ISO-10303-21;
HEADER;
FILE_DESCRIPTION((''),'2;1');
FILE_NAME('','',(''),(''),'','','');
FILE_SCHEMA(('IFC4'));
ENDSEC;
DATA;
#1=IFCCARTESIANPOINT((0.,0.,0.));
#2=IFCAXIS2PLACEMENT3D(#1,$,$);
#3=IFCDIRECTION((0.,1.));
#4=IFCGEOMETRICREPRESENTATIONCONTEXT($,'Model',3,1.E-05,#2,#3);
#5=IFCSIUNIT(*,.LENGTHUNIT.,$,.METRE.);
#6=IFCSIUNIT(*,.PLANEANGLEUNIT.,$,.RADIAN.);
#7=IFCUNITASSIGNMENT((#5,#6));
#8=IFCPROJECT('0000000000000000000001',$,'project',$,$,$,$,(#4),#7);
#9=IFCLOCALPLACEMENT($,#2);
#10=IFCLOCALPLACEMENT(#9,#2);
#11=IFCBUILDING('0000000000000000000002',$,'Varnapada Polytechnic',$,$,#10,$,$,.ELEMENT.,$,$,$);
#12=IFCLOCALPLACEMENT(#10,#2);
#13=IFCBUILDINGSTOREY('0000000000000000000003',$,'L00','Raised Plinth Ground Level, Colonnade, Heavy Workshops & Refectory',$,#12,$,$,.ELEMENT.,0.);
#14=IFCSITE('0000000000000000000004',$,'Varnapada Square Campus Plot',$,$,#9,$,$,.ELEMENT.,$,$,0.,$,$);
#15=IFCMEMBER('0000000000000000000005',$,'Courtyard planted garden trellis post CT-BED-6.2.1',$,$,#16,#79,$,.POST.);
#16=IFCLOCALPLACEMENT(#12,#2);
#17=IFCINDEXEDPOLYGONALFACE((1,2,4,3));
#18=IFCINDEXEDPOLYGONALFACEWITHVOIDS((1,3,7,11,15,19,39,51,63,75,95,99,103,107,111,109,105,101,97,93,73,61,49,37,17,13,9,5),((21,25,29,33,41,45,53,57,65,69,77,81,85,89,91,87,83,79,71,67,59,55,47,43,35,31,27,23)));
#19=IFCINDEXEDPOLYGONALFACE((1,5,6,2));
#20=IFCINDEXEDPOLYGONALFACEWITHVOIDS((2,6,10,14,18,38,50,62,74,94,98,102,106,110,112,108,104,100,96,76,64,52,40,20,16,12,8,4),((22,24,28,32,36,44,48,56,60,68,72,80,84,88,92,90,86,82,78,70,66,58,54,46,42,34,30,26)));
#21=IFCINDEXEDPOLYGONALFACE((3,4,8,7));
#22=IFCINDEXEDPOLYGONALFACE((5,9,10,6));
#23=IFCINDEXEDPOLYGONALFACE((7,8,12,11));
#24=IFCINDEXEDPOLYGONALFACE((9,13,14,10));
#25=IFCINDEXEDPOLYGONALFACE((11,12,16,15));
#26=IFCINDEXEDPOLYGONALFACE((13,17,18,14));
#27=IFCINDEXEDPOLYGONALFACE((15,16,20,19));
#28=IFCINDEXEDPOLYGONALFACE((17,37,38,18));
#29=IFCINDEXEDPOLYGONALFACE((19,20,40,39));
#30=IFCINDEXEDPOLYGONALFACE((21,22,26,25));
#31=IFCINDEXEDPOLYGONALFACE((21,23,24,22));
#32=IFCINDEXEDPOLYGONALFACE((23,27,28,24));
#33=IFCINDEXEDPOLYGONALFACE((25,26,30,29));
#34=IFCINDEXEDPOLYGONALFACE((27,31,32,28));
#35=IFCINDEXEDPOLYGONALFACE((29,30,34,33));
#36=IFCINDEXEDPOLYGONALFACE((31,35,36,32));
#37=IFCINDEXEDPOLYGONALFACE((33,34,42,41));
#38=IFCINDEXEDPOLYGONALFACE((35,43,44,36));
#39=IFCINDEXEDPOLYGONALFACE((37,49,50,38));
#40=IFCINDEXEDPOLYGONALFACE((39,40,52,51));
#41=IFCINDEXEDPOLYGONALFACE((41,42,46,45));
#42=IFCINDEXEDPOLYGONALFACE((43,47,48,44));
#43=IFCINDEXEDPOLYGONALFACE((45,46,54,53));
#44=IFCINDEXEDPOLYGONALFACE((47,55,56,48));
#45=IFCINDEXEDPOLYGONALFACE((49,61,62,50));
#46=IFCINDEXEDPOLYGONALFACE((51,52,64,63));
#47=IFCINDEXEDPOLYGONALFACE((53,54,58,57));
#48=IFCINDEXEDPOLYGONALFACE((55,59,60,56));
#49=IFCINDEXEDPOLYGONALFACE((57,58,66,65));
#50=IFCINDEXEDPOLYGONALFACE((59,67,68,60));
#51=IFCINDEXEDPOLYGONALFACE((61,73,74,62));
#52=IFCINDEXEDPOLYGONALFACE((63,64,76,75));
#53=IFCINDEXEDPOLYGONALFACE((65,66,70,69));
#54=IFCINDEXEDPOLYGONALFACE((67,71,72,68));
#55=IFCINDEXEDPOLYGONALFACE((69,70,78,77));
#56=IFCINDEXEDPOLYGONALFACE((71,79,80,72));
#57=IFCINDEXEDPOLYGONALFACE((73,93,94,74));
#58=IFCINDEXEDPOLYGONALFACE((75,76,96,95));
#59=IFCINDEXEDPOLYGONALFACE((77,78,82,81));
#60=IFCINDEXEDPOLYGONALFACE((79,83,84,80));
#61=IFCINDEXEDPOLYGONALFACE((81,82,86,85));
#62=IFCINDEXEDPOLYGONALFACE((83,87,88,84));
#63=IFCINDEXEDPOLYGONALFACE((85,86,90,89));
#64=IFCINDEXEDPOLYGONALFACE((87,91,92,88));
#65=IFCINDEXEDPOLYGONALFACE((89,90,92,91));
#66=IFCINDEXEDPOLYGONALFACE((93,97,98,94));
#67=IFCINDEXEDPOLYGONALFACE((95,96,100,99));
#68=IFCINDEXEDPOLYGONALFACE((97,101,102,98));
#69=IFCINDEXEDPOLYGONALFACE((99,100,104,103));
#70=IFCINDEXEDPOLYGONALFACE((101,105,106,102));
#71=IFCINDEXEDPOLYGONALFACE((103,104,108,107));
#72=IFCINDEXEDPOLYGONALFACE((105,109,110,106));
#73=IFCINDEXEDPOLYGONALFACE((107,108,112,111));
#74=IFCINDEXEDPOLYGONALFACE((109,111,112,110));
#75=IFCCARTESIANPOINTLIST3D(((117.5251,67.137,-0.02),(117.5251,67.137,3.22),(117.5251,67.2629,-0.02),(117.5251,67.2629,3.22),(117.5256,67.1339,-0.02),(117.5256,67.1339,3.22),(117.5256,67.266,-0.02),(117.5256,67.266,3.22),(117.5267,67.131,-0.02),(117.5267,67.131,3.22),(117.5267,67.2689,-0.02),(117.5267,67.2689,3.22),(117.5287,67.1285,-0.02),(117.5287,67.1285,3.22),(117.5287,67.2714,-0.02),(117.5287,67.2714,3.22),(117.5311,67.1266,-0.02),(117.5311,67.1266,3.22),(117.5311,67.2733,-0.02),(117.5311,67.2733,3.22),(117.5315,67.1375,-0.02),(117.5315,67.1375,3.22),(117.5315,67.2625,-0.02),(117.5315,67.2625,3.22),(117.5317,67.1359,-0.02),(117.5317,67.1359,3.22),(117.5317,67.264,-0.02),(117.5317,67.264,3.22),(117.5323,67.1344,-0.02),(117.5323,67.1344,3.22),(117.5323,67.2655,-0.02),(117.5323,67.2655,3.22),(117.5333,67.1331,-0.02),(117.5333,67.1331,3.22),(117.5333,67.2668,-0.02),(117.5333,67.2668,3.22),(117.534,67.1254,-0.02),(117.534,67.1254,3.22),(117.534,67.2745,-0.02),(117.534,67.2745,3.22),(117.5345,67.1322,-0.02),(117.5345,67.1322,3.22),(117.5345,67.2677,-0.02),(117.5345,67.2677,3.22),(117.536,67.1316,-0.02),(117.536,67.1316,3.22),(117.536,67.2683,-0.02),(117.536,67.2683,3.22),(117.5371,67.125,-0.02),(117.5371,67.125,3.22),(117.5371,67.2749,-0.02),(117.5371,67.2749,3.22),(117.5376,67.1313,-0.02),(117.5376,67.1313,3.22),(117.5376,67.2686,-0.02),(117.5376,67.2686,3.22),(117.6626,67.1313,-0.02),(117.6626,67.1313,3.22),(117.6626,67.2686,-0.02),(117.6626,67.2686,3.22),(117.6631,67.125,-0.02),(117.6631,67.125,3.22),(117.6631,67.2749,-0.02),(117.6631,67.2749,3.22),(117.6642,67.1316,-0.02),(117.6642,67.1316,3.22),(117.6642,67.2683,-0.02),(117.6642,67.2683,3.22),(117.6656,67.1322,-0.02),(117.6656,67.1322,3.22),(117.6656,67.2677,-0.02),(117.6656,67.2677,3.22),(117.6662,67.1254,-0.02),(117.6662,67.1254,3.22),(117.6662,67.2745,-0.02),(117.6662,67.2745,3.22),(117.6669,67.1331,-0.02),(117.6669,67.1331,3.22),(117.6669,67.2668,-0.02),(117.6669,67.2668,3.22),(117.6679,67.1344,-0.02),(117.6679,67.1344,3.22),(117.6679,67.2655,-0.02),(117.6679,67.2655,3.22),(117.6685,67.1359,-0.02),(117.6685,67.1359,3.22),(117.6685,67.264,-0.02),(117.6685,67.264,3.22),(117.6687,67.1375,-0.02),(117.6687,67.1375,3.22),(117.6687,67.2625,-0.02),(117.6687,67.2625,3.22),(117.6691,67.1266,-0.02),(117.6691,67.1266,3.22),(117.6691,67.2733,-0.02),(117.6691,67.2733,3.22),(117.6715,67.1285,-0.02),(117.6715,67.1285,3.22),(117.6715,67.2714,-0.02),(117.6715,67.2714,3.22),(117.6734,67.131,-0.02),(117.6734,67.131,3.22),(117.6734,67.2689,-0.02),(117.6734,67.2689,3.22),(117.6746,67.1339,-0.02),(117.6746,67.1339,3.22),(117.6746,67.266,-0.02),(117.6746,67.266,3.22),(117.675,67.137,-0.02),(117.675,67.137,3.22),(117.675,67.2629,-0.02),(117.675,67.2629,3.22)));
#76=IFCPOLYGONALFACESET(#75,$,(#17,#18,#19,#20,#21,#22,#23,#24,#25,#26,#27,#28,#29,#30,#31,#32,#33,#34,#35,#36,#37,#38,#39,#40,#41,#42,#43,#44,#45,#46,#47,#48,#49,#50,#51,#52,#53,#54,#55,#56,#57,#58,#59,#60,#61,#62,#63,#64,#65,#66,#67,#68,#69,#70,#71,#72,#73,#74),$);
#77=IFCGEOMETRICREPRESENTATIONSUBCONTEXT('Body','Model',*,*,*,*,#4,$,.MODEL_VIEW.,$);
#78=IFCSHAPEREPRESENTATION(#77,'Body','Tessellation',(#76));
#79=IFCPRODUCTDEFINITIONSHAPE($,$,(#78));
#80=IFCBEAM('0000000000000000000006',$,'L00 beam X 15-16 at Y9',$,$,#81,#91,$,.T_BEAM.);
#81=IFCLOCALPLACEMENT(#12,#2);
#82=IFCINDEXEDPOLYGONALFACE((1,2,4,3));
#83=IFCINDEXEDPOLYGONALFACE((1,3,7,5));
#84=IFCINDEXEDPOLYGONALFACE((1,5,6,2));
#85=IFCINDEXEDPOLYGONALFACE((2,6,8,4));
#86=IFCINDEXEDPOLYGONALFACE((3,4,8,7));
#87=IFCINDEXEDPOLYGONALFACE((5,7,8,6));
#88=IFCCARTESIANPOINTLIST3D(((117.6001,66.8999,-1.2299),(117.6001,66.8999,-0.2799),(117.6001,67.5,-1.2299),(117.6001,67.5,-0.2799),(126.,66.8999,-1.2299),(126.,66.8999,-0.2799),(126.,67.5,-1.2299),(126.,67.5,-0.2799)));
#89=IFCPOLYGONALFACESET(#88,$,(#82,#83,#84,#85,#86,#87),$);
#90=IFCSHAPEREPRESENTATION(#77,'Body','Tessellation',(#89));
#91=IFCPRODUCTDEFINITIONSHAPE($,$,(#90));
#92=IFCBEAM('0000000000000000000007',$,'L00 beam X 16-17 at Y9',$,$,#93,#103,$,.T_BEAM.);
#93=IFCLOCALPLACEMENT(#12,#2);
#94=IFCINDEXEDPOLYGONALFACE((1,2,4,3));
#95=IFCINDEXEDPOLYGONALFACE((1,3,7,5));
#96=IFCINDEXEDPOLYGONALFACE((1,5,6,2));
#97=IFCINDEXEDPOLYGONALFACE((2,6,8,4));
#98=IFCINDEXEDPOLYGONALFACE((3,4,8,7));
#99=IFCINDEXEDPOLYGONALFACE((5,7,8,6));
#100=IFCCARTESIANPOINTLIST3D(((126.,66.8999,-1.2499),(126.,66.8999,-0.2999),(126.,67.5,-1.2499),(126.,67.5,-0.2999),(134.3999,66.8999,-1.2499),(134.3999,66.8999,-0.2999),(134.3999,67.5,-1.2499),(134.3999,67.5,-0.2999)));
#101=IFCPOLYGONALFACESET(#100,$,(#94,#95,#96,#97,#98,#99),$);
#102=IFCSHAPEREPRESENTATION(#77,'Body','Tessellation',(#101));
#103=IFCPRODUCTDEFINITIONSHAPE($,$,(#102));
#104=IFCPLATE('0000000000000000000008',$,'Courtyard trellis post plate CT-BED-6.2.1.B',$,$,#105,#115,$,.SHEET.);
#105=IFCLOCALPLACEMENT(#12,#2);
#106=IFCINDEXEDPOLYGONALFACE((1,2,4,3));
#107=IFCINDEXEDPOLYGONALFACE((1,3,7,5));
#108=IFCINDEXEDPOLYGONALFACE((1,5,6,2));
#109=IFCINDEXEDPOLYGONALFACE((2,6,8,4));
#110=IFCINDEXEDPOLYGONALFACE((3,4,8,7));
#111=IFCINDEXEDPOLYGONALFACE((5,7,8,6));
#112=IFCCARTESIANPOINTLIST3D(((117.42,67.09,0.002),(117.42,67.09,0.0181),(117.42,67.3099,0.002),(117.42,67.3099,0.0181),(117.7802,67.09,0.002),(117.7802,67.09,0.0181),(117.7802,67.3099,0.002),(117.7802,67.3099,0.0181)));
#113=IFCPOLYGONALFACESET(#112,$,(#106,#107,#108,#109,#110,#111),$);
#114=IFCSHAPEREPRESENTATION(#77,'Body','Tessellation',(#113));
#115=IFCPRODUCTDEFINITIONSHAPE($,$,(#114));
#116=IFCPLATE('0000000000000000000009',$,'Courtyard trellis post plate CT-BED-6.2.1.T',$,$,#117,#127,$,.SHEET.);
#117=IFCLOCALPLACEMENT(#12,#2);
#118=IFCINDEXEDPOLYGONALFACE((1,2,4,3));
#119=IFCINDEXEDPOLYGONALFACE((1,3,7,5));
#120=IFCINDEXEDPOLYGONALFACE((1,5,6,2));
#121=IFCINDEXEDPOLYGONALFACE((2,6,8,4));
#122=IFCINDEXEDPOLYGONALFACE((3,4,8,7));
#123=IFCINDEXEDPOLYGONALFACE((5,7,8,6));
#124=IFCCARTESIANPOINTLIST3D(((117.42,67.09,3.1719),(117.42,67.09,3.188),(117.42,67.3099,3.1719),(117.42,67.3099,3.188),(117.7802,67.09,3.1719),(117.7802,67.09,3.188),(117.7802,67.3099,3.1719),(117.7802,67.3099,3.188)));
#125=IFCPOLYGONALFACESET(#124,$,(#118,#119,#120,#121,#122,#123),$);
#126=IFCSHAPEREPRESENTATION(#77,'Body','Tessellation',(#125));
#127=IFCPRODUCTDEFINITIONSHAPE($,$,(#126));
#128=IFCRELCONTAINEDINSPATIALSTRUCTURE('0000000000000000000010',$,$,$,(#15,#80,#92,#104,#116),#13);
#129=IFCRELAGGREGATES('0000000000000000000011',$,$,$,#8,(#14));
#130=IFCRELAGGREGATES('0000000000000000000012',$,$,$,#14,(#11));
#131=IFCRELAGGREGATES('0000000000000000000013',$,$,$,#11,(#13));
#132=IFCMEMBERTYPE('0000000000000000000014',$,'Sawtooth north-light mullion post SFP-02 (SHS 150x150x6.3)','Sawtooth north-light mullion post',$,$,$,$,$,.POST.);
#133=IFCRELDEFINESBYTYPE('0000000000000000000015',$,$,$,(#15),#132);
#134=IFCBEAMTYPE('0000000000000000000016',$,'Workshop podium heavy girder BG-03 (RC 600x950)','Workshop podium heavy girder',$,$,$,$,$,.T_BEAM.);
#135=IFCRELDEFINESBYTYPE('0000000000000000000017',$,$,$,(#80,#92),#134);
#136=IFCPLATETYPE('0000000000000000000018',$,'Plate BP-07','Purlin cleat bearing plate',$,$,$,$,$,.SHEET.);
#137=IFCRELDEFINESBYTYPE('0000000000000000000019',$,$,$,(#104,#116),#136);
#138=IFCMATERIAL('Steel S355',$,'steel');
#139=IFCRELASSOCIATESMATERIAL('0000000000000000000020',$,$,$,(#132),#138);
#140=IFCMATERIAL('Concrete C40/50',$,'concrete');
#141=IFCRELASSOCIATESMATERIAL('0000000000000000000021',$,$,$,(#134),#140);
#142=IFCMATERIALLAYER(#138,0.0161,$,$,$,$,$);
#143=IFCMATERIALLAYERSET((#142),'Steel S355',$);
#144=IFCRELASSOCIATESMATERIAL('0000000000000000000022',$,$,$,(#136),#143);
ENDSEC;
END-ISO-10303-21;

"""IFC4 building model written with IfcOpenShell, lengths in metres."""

from ifc_helpers import new_model, si_unit, direction, frame, origin, origin_2d, place, context, subcontext, project, spatial, rectangle, hollow_rectangle, extrude, material, layer, layer_set, material_profile, profile_set, type_object, element, save


model = new_model("IFC4")

# Units and contexts
model_context = context("Model", 3, precision=1e-05, world=origin(), true_north=direction((0.0, 1.0)))
body_context = subcontext(model_context, "Body", "Model", "MODEL_VIEW")
ifc_project = project(units=[si_unit("LENGTHUNIT", "METRE"), si_unit("PLANEANGLEUNIT", "RADIAN")], contexts=[model_context])

# Site, building, storey
site_placement = place(None, origin())
site = spatial("IfcSite", under=ifc_project, at=site_placement, Name="Varnapada Square Campus Plot", CompositionType="ELEMENT", RefElevation=0.0)
building_placement = place(site_placement, origin())
building = spatial("IfcBuilding", under=site, at=building_placement, Name="Varnapada Polytechnic", CompositionType="ELEMENT")
storey_placement = place(building_placement, origin())
storey = spatial("IfcBuildingStorey", under=building, at=storey_placement, Name="L00", Description="Raised Plinth Ground Level, Colonnade, Heavy Workshops & Refectory", CompositionType="ELEMENT", Elevation=0.0)

# Shared definitions
ifc_material_1 = material(Name="Concrete C40/50", Category="concrete")

# Shared definitions
ifc_material_2 = material(Name="Steel S355", Category="steel")

# Member
ifc_material_profile_1 = material_profile(ifc_material_2, hollow_rectangle(XDim=0.1499, YDim=0.1499, WallThickness=0.0063, InnerFilletRadius=0.0061, OuterFilletRadius=0.012, at=origin_2d()), Name="SHS 150x150x6.3")
ifc_profile_set_1 = profile_set([ifc_material_profile_1], Name="Steel S355")
member_type_1 = type_object("IfcMemberType", Name="Sawtooth north-light mullion post SFP-02 (SHS 150x150x6.3)", Description="Sawtooth north-light mullion post", PredefinedType="POST", material=ifc_profile_set_1)
member_1_placement = place(storey_placement, frame((117.6001, 67.2, -0.02), z_axis=(0.0, 0.0, 1.0), x_axis=(1.0, 0.0, 0.0)))
element("IfcMember", 1, at=member_1_placement, inside=storey, type_object=member_type_1, Name="Courtyard planted garden trellis post CT-BED-6.2.1", PredefinedType="POST", context=body_context, shape_type="SweptSolid", body=[
    extrude(hollow_rectangle(XDim=0.1499, YDim=0.1499, WallThickness=0.0063, InnerFilletRadius=0.0061, OuterFilletRadius=0.012, at=origin_2d()), origin(), (0.0, 0.0, 1.0), 3.24),
])

# Beams
ifc_material_profile_2 = material_profile(ifc_material_1, rectangle(XDim=0.6001, YDim=0.95, at=origin_2d()), Name="RC 600x950")
ifc_profile_set_2 = profile_set([ifc_material_profile_2], Name="Concrete C40/50")
beam_type_1 = type_object("IfcBeamType", Name="Workshop podium heavy girder BG-03 (RC 600x950)", Description="Workshop podium heavy girder", PredefinedType="T_BEAM", material=ifc_profile_set_2)
for number, where, z_axis, x_axis, name in (
    (2, (117.6001, 67.2, -0.7549), (1.0, 0.0, 0.0), (0.0, 1.0, 0.0), "L00 beam X 15-16 at Y9"),
    (3, (126.0, 67.2, -0.7749), (1.0, 0.0, 0.0), (0.0, 1.0, 0.0), "L00 beam X 16-17 at Y9"),
):
    element("IfcBeam", number, at=place(storey_placement, frame(where, z_axis=z_axis, x_axis=x_axis)), inside=storey, type_object=beam_type_1, Name=name, PredefinedType="T_BEAM", context=body_context, shape_type="SweptSolid", body=[
        extrude(rectangle(XDim=0.6001, YDim=0.95, at=origin_2d()), origin(), (0.0, 0.0, 1.0), 8.3999),
    ])

# Plates
ifc_layer = layer(ifc_material_2, 0.0161)
ifc_layer_set = layer_set([ifc_layer], Name="Steel S355")
plate_type = type_object("IfcPlateType", Name="Plate BP-07", Description="Purlin cleat bearing plate", PredefinedType="SHEET", material=ifc_layer_set)
for number, where, z_axis, x_axis, name in (
    (4, (117.6001, 67.2, 0.002), (0.0, 0.0, 1.0), (1.0, 0.0, 0.0), "Courtyard trellis post plate CT-BED-6.2.1.B"),
    (5, (117.6001, 67.2, 3.1719), (0.0, 0.0, 1.0), (1.0, 0.0, 0.0), "Courtyard trellis post plate CT-BED-6.2.1.T"),
):
    element("IfcPlate", number, at=place(storey_placement, frame(where, z_axis=z_axis, x_axis=x_axis)), inside=storey, type_object=plate_type, Name=name, PredefinedType="SHEET", context=body_context, shape_type="SweptSolid", body=[
        extrude(rectangle(XDim=0.3601, YDim=0.22, at=origin_2d()), origin(), (0.0, 0.0, 1.0), 0.0161),
    ])

save(model, "model.ifc")
